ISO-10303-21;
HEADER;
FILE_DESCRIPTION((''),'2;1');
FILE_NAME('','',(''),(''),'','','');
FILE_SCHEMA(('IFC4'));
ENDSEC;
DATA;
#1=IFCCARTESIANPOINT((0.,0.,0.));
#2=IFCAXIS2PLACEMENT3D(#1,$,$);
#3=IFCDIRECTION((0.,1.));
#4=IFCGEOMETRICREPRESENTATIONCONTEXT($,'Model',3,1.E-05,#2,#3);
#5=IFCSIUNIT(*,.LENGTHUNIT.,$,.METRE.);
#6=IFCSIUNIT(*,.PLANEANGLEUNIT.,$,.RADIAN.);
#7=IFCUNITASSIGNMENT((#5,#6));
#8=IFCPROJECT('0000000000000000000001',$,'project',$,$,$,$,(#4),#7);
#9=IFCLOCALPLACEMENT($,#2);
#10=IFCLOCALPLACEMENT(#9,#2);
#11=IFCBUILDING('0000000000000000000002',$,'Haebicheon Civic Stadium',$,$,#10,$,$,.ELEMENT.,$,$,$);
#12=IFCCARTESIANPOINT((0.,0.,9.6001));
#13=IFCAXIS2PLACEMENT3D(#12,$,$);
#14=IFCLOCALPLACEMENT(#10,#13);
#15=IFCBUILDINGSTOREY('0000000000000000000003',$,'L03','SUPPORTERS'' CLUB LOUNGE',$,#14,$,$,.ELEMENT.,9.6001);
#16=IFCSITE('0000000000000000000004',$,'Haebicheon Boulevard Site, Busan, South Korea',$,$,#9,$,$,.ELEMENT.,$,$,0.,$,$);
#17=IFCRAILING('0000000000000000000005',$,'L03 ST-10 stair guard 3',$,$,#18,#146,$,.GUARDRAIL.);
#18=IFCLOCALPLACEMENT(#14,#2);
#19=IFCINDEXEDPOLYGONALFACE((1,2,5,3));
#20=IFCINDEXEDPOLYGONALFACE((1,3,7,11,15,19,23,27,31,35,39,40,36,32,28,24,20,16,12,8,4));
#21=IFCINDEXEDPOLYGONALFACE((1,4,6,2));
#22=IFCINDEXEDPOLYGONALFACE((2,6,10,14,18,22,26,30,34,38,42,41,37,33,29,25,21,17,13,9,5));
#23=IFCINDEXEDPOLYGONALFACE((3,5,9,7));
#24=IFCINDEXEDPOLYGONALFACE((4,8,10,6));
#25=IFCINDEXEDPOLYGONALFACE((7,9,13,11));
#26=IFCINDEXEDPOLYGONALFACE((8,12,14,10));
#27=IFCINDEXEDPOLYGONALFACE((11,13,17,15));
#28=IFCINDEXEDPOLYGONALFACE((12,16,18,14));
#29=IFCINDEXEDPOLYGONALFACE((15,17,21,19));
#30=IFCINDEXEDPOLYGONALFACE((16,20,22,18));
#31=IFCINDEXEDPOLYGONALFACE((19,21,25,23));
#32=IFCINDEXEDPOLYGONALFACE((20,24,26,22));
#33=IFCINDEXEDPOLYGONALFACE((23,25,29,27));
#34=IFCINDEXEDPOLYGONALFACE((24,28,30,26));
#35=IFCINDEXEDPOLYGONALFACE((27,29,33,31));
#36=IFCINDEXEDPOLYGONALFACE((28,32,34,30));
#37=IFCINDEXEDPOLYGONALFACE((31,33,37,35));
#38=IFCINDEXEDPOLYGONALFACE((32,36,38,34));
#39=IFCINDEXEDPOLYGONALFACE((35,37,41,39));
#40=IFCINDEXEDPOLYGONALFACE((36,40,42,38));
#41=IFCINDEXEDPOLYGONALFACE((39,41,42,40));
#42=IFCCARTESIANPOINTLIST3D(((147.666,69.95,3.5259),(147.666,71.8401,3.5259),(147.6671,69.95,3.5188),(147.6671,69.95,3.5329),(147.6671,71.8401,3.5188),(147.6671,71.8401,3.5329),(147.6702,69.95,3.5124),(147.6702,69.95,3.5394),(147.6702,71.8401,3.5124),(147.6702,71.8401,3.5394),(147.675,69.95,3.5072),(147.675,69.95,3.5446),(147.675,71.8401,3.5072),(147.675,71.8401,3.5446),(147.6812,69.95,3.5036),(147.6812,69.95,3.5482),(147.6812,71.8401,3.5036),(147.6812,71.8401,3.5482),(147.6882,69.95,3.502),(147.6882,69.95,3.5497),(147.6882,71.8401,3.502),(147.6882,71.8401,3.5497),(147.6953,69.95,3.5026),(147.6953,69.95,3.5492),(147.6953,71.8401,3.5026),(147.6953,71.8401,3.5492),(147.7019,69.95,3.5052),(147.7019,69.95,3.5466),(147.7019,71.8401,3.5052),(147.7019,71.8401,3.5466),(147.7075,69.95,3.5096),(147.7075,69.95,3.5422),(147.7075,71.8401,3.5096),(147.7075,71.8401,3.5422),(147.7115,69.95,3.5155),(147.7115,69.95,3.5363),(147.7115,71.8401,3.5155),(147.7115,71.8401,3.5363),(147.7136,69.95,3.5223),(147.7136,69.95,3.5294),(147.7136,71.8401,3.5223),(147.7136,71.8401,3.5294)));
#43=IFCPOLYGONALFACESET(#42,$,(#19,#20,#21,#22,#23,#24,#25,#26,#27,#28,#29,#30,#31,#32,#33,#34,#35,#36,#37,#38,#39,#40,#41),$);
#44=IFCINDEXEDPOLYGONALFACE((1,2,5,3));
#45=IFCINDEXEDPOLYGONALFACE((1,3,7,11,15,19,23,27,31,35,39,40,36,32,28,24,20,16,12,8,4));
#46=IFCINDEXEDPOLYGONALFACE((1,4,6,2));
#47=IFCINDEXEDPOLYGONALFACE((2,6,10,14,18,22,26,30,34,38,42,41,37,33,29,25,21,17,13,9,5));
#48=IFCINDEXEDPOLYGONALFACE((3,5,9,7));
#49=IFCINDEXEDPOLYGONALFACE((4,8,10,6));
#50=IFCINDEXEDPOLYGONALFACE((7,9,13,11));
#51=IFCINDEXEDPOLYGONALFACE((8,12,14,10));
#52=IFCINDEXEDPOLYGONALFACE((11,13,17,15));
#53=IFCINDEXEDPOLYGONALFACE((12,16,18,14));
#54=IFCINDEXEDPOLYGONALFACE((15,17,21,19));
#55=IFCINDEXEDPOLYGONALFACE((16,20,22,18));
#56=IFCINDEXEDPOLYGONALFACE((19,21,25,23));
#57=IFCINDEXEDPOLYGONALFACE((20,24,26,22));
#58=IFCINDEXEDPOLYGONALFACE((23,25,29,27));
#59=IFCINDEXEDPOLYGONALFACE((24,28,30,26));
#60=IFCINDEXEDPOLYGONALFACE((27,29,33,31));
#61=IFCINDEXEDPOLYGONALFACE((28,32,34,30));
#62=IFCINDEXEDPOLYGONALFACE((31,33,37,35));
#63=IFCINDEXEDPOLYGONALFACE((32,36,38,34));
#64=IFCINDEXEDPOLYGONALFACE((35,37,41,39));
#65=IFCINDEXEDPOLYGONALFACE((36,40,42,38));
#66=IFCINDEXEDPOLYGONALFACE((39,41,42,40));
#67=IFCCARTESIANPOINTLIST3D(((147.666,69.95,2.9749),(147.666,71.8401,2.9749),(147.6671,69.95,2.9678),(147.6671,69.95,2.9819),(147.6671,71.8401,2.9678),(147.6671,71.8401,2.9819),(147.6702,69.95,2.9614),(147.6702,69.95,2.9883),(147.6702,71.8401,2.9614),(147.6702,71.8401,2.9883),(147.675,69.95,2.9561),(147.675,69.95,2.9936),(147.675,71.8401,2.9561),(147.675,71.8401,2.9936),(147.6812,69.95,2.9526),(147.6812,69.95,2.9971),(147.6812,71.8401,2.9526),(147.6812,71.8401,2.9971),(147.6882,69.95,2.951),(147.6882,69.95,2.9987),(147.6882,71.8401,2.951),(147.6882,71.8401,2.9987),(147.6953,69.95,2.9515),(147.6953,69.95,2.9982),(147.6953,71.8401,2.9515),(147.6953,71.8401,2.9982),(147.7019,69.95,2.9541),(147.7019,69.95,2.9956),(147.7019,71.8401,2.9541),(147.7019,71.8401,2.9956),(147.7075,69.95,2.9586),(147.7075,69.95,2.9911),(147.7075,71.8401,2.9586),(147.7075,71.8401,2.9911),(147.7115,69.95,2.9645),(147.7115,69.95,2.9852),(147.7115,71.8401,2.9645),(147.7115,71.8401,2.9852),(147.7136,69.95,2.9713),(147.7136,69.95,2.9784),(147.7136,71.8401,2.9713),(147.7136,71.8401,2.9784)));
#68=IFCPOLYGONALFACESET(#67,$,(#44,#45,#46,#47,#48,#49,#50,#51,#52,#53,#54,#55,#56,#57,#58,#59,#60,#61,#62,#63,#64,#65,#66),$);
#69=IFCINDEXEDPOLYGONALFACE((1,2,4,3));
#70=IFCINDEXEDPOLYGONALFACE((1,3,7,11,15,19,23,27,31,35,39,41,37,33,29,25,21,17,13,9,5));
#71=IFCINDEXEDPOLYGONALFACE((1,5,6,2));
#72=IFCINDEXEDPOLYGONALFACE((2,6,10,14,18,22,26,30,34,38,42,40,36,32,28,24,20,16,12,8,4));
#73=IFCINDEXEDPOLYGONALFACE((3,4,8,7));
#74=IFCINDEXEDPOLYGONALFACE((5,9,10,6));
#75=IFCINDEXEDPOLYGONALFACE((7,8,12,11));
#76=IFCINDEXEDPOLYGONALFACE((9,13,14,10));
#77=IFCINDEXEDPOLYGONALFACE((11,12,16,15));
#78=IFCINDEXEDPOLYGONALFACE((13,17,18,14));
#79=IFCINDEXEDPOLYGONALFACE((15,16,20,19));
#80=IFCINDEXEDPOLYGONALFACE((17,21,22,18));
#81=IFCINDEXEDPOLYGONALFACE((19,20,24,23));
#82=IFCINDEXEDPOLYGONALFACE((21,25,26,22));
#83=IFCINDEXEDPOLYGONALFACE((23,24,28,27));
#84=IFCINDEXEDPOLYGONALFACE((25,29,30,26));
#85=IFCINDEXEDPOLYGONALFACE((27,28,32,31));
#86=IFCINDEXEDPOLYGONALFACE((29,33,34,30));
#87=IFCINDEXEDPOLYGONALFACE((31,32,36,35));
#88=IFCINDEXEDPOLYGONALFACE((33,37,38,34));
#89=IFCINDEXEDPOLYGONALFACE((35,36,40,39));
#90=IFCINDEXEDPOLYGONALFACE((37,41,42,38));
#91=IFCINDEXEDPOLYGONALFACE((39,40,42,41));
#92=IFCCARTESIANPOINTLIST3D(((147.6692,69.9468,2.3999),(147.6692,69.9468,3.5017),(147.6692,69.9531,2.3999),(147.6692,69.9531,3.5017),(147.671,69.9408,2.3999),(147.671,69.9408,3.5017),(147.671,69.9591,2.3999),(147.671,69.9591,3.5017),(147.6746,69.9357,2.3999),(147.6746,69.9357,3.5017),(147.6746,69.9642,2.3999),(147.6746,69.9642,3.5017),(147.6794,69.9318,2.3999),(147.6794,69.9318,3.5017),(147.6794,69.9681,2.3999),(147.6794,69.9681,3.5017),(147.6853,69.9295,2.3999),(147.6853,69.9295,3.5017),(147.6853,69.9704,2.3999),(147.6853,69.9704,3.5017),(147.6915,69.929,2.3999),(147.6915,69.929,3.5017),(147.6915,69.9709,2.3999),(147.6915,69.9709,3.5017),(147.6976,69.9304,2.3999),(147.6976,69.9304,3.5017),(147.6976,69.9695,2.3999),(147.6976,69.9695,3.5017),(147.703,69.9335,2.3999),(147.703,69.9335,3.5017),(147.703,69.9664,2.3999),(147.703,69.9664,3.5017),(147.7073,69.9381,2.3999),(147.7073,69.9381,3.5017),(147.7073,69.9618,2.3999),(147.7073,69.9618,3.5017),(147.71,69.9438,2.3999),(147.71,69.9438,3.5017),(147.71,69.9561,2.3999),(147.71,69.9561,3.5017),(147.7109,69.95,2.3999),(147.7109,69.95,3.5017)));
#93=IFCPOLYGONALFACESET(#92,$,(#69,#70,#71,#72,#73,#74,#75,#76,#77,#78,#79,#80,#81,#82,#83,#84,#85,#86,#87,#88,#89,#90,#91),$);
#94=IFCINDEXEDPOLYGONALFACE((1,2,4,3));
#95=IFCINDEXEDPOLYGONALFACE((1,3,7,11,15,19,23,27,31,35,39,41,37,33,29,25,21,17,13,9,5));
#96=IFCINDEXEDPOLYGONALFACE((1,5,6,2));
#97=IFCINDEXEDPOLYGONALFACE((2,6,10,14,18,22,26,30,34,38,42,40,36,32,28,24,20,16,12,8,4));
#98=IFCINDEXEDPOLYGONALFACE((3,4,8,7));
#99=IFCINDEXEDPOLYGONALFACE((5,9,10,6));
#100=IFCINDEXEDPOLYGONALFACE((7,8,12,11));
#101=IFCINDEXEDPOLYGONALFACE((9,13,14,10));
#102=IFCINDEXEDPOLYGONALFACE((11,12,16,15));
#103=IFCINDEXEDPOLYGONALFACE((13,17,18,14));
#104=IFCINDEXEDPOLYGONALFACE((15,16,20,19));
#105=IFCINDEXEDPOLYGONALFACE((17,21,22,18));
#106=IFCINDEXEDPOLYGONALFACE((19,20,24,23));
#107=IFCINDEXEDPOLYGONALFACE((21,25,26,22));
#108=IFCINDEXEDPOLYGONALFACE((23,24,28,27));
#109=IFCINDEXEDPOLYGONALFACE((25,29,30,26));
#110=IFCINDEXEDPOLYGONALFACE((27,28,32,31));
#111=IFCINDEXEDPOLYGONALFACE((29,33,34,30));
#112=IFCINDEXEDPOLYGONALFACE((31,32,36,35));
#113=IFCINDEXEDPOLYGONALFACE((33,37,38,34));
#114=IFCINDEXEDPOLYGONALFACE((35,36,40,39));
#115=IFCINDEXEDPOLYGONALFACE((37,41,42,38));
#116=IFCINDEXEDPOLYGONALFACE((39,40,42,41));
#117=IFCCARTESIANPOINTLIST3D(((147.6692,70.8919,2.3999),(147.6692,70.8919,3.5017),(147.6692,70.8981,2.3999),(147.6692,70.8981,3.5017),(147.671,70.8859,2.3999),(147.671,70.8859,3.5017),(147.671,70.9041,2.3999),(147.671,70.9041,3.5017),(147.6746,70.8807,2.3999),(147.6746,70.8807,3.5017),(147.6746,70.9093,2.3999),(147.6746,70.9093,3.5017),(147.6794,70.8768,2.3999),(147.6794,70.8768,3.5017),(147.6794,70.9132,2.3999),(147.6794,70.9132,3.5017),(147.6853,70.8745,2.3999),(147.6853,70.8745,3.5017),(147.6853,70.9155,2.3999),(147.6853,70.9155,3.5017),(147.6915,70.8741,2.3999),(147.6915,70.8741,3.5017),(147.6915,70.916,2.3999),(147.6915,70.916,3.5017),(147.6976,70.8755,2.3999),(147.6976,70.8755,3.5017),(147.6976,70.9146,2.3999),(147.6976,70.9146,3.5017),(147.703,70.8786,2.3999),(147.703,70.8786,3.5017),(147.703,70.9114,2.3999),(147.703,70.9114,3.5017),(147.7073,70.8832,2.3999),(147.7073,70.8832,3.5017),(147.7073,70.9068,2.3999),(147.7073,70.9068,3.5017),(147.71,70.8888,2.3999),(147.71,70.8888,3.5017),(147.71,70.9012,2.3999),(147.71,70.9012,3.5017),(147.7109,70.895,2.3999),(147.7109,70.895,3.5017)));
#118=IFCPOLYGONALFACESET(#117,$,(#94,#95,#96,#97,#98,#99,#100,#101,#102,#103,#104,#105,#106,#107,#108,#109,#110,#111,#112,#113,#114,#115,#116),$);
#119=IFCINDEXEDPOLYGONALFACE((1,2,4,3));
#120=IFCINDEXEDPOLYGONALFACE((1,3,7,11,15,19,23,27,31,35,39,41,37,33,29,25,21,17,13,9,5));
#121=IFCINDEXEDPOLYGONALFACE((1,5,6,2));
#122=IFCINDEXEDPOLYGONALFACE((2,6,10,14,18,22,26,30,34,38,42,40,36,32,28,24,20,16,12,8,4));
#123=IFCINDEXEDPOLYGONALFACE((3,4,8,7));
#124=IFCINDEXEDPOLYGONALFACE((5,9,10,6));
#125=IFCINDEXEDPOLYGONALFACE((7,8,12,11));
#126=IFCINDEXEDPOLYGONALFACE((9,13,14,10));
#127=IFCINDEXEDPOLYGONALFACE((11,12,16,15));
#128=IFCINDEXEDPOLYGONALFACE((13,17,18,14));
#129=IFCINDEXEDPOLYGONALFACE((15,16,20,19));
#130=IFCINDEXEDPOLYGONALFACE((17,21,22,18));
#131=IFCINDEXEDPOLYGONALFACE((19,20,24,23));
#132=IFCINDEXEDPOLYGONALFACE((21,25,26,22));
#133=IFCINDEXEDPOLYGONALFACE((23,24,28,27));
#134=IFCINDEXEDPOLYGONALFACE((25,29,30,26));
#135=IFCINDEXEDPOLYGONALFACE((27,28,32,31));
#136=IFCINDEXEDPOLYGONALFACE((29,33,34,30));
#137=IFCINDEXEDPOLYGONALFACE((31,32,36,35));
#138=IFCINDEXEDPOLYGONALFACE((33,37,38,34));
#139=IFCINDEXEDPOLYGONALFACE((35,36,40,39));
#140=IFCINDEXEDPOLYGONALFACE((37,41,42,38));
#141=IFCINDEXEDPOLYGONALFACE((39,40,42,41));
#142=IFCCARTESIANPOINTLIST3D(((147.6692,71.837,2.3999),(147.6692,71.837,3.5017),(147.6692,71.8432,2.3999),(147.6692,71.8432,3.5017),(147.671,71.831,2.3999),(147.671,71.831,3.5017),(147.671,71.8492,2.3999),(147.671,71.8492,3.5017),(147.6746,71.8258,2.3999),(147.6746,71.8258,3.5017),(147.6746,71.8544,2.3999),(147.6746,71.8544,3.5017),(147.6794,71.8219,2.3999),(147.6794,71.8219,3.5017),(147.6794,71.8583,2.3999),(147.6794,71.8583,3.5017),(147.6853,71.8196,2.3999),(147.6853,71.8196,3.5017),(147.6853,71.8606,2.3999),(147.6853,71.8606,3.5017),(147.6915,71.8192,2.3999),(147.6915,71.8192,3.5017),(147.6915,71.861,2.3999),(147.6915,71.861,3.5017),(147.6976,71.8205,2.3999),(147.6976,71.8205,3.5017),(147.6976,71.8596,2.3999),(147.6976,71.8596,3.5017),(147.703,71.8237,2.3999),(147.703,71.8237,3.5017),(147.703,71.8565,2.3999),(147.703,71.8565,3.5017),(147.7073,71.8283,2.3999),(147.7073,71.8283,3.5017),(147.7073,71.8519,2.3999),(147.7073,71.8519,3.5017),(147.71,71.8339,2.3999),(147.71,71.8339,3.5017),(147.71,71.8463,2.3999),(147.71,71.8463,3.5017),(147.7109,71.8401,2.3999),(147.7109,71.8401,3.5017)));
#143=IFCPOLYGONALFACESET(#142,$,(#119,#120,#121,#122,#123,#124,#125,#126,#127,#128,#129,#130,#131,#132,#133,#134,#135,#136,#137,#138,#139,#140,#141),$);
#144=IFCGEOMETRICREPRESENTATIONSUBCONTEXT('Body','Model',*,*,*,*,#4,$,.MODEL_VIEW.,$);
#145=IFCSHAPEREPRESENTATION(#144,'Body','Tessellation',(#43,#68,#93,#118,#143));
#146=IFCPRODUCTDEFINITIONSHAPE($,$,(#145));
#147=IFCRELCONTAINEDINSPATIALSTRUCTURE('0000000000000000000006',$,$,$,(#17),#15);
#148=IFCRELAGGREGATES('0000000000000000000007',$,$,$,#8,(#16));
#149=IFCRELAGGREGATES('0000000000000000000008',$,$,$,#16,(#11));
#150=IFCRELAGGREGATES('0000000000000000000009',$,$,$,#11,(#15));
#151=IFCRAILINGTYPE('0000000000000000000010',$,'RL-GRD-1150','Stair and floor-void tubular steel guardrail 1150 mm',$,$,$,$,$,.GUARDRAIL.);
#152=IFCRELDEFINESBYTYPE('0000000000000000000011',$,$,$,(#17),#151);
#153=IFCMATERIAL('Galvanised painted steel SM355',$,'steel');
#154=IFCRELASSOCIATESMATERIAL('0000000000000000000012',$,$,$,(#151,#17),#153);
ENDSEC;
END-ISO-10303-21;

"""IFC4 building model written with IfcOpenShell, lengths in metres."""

from ifc_helpers import new_model, si_unit, direction, frame, origin, origin_2d, place, context, subcontext, project, spatial, circle, extrude, material, type_object, element, save


model = new_model("IFC4")

# Units and contexts
model_context = context("Model", 3, precision=1e-05, world=origin(), true_north=direction((0.0, 1.0)))
body_context = subcontext(model_context, "Body", "Model", "MODEL_VIEW")
ifc_project = project(units=[si_unit("LENGTHUNIT", "METRE"), si_unit("PLANEANGLEUNIT", "RADIAN")], contexts=[model_context])

# Site, building, storey
site_placement = place(None, origin())
site = spatial("IfcSite", under=ifc_project, at=site_placement, Name="Haebicheon Boulevard Site, Busan, South Korea", CompositionType="ELEMENT", RefElevation=0.0)
building_placement = place(site_placement, origin())
building = spatial("IfcBuilding", under=site, at=building_placement, Name="Haebicheon Civic Stadium", CompositionType="ELEMENT")
storey_placement = place(building_placement, frame((0.0, 0.0, 9.6001)))
storey = spatial("IfcBuildingStorey", under=building, at=storey_placement, Name="L03", Description="SUPPORTERS' CLUB LOUNGE", CompositionType="ELEMENT", Elevation=9.6001)

# Railing
ifc_material_1 = material(Name="Galvanised painted steel SM355", Category="steel")
railing_type_1 = type_object("IfcRailingType", Name="RL-GRD-1150", Description="Stair and floor-void tubular steel guardrail 1150 mm", PredefinedType="GUARDRAIL", material=ifc_material_1)
railing_1_placement = place(storey_placement, frame((147.6899, 69.95, 2.3999)))
element("IfcRailing", 1, at=railing_1_placement, inside=storey, type_object=railing_type_1, material=ifc_material_1, Name="L03 ST-10 stair guard 3", PredefinedType="GUARDRAIL", context=body_context, shape_type="SweptSolid", body=[
    extrude(circle(Radius=0.0239, at=origin_2d()), frame((0.0, 0.0, 1.126), z_axis=(0.0, 1.0, 0.0), x_axis=(-1.0, 0.0, 0.0)), (0.0, 0.0, 1.0), 1.8901),
    extrude(circle(Radius=0.0239, at=origin_2d()), frame((0.0, 0.0, 0.575), z_axis=(0.0, 1.0, 0.0), x_axis=(-1.0, 0.0, 0.0)), (0.0, 0.0, 1.0), 1.8901),
    extrude(circle(Radius=0.021, at=origin_2d()), origin(), (0.0, 0.0, 1.0), 1.1018),
    extrude(circle(Radius=0.021, at=origin_2d()), frame((0.0, 0.9451, 0.0)), (0.0, 0.0, 1.0), 1.1018),
    extrude(circle(Radius=0.021, at=origin_2d()), frame((0.0, 1.8901, 0.0)), (0.0, 0.0, 1.0), 1.1018),
])

save(model, "model.ifc")
